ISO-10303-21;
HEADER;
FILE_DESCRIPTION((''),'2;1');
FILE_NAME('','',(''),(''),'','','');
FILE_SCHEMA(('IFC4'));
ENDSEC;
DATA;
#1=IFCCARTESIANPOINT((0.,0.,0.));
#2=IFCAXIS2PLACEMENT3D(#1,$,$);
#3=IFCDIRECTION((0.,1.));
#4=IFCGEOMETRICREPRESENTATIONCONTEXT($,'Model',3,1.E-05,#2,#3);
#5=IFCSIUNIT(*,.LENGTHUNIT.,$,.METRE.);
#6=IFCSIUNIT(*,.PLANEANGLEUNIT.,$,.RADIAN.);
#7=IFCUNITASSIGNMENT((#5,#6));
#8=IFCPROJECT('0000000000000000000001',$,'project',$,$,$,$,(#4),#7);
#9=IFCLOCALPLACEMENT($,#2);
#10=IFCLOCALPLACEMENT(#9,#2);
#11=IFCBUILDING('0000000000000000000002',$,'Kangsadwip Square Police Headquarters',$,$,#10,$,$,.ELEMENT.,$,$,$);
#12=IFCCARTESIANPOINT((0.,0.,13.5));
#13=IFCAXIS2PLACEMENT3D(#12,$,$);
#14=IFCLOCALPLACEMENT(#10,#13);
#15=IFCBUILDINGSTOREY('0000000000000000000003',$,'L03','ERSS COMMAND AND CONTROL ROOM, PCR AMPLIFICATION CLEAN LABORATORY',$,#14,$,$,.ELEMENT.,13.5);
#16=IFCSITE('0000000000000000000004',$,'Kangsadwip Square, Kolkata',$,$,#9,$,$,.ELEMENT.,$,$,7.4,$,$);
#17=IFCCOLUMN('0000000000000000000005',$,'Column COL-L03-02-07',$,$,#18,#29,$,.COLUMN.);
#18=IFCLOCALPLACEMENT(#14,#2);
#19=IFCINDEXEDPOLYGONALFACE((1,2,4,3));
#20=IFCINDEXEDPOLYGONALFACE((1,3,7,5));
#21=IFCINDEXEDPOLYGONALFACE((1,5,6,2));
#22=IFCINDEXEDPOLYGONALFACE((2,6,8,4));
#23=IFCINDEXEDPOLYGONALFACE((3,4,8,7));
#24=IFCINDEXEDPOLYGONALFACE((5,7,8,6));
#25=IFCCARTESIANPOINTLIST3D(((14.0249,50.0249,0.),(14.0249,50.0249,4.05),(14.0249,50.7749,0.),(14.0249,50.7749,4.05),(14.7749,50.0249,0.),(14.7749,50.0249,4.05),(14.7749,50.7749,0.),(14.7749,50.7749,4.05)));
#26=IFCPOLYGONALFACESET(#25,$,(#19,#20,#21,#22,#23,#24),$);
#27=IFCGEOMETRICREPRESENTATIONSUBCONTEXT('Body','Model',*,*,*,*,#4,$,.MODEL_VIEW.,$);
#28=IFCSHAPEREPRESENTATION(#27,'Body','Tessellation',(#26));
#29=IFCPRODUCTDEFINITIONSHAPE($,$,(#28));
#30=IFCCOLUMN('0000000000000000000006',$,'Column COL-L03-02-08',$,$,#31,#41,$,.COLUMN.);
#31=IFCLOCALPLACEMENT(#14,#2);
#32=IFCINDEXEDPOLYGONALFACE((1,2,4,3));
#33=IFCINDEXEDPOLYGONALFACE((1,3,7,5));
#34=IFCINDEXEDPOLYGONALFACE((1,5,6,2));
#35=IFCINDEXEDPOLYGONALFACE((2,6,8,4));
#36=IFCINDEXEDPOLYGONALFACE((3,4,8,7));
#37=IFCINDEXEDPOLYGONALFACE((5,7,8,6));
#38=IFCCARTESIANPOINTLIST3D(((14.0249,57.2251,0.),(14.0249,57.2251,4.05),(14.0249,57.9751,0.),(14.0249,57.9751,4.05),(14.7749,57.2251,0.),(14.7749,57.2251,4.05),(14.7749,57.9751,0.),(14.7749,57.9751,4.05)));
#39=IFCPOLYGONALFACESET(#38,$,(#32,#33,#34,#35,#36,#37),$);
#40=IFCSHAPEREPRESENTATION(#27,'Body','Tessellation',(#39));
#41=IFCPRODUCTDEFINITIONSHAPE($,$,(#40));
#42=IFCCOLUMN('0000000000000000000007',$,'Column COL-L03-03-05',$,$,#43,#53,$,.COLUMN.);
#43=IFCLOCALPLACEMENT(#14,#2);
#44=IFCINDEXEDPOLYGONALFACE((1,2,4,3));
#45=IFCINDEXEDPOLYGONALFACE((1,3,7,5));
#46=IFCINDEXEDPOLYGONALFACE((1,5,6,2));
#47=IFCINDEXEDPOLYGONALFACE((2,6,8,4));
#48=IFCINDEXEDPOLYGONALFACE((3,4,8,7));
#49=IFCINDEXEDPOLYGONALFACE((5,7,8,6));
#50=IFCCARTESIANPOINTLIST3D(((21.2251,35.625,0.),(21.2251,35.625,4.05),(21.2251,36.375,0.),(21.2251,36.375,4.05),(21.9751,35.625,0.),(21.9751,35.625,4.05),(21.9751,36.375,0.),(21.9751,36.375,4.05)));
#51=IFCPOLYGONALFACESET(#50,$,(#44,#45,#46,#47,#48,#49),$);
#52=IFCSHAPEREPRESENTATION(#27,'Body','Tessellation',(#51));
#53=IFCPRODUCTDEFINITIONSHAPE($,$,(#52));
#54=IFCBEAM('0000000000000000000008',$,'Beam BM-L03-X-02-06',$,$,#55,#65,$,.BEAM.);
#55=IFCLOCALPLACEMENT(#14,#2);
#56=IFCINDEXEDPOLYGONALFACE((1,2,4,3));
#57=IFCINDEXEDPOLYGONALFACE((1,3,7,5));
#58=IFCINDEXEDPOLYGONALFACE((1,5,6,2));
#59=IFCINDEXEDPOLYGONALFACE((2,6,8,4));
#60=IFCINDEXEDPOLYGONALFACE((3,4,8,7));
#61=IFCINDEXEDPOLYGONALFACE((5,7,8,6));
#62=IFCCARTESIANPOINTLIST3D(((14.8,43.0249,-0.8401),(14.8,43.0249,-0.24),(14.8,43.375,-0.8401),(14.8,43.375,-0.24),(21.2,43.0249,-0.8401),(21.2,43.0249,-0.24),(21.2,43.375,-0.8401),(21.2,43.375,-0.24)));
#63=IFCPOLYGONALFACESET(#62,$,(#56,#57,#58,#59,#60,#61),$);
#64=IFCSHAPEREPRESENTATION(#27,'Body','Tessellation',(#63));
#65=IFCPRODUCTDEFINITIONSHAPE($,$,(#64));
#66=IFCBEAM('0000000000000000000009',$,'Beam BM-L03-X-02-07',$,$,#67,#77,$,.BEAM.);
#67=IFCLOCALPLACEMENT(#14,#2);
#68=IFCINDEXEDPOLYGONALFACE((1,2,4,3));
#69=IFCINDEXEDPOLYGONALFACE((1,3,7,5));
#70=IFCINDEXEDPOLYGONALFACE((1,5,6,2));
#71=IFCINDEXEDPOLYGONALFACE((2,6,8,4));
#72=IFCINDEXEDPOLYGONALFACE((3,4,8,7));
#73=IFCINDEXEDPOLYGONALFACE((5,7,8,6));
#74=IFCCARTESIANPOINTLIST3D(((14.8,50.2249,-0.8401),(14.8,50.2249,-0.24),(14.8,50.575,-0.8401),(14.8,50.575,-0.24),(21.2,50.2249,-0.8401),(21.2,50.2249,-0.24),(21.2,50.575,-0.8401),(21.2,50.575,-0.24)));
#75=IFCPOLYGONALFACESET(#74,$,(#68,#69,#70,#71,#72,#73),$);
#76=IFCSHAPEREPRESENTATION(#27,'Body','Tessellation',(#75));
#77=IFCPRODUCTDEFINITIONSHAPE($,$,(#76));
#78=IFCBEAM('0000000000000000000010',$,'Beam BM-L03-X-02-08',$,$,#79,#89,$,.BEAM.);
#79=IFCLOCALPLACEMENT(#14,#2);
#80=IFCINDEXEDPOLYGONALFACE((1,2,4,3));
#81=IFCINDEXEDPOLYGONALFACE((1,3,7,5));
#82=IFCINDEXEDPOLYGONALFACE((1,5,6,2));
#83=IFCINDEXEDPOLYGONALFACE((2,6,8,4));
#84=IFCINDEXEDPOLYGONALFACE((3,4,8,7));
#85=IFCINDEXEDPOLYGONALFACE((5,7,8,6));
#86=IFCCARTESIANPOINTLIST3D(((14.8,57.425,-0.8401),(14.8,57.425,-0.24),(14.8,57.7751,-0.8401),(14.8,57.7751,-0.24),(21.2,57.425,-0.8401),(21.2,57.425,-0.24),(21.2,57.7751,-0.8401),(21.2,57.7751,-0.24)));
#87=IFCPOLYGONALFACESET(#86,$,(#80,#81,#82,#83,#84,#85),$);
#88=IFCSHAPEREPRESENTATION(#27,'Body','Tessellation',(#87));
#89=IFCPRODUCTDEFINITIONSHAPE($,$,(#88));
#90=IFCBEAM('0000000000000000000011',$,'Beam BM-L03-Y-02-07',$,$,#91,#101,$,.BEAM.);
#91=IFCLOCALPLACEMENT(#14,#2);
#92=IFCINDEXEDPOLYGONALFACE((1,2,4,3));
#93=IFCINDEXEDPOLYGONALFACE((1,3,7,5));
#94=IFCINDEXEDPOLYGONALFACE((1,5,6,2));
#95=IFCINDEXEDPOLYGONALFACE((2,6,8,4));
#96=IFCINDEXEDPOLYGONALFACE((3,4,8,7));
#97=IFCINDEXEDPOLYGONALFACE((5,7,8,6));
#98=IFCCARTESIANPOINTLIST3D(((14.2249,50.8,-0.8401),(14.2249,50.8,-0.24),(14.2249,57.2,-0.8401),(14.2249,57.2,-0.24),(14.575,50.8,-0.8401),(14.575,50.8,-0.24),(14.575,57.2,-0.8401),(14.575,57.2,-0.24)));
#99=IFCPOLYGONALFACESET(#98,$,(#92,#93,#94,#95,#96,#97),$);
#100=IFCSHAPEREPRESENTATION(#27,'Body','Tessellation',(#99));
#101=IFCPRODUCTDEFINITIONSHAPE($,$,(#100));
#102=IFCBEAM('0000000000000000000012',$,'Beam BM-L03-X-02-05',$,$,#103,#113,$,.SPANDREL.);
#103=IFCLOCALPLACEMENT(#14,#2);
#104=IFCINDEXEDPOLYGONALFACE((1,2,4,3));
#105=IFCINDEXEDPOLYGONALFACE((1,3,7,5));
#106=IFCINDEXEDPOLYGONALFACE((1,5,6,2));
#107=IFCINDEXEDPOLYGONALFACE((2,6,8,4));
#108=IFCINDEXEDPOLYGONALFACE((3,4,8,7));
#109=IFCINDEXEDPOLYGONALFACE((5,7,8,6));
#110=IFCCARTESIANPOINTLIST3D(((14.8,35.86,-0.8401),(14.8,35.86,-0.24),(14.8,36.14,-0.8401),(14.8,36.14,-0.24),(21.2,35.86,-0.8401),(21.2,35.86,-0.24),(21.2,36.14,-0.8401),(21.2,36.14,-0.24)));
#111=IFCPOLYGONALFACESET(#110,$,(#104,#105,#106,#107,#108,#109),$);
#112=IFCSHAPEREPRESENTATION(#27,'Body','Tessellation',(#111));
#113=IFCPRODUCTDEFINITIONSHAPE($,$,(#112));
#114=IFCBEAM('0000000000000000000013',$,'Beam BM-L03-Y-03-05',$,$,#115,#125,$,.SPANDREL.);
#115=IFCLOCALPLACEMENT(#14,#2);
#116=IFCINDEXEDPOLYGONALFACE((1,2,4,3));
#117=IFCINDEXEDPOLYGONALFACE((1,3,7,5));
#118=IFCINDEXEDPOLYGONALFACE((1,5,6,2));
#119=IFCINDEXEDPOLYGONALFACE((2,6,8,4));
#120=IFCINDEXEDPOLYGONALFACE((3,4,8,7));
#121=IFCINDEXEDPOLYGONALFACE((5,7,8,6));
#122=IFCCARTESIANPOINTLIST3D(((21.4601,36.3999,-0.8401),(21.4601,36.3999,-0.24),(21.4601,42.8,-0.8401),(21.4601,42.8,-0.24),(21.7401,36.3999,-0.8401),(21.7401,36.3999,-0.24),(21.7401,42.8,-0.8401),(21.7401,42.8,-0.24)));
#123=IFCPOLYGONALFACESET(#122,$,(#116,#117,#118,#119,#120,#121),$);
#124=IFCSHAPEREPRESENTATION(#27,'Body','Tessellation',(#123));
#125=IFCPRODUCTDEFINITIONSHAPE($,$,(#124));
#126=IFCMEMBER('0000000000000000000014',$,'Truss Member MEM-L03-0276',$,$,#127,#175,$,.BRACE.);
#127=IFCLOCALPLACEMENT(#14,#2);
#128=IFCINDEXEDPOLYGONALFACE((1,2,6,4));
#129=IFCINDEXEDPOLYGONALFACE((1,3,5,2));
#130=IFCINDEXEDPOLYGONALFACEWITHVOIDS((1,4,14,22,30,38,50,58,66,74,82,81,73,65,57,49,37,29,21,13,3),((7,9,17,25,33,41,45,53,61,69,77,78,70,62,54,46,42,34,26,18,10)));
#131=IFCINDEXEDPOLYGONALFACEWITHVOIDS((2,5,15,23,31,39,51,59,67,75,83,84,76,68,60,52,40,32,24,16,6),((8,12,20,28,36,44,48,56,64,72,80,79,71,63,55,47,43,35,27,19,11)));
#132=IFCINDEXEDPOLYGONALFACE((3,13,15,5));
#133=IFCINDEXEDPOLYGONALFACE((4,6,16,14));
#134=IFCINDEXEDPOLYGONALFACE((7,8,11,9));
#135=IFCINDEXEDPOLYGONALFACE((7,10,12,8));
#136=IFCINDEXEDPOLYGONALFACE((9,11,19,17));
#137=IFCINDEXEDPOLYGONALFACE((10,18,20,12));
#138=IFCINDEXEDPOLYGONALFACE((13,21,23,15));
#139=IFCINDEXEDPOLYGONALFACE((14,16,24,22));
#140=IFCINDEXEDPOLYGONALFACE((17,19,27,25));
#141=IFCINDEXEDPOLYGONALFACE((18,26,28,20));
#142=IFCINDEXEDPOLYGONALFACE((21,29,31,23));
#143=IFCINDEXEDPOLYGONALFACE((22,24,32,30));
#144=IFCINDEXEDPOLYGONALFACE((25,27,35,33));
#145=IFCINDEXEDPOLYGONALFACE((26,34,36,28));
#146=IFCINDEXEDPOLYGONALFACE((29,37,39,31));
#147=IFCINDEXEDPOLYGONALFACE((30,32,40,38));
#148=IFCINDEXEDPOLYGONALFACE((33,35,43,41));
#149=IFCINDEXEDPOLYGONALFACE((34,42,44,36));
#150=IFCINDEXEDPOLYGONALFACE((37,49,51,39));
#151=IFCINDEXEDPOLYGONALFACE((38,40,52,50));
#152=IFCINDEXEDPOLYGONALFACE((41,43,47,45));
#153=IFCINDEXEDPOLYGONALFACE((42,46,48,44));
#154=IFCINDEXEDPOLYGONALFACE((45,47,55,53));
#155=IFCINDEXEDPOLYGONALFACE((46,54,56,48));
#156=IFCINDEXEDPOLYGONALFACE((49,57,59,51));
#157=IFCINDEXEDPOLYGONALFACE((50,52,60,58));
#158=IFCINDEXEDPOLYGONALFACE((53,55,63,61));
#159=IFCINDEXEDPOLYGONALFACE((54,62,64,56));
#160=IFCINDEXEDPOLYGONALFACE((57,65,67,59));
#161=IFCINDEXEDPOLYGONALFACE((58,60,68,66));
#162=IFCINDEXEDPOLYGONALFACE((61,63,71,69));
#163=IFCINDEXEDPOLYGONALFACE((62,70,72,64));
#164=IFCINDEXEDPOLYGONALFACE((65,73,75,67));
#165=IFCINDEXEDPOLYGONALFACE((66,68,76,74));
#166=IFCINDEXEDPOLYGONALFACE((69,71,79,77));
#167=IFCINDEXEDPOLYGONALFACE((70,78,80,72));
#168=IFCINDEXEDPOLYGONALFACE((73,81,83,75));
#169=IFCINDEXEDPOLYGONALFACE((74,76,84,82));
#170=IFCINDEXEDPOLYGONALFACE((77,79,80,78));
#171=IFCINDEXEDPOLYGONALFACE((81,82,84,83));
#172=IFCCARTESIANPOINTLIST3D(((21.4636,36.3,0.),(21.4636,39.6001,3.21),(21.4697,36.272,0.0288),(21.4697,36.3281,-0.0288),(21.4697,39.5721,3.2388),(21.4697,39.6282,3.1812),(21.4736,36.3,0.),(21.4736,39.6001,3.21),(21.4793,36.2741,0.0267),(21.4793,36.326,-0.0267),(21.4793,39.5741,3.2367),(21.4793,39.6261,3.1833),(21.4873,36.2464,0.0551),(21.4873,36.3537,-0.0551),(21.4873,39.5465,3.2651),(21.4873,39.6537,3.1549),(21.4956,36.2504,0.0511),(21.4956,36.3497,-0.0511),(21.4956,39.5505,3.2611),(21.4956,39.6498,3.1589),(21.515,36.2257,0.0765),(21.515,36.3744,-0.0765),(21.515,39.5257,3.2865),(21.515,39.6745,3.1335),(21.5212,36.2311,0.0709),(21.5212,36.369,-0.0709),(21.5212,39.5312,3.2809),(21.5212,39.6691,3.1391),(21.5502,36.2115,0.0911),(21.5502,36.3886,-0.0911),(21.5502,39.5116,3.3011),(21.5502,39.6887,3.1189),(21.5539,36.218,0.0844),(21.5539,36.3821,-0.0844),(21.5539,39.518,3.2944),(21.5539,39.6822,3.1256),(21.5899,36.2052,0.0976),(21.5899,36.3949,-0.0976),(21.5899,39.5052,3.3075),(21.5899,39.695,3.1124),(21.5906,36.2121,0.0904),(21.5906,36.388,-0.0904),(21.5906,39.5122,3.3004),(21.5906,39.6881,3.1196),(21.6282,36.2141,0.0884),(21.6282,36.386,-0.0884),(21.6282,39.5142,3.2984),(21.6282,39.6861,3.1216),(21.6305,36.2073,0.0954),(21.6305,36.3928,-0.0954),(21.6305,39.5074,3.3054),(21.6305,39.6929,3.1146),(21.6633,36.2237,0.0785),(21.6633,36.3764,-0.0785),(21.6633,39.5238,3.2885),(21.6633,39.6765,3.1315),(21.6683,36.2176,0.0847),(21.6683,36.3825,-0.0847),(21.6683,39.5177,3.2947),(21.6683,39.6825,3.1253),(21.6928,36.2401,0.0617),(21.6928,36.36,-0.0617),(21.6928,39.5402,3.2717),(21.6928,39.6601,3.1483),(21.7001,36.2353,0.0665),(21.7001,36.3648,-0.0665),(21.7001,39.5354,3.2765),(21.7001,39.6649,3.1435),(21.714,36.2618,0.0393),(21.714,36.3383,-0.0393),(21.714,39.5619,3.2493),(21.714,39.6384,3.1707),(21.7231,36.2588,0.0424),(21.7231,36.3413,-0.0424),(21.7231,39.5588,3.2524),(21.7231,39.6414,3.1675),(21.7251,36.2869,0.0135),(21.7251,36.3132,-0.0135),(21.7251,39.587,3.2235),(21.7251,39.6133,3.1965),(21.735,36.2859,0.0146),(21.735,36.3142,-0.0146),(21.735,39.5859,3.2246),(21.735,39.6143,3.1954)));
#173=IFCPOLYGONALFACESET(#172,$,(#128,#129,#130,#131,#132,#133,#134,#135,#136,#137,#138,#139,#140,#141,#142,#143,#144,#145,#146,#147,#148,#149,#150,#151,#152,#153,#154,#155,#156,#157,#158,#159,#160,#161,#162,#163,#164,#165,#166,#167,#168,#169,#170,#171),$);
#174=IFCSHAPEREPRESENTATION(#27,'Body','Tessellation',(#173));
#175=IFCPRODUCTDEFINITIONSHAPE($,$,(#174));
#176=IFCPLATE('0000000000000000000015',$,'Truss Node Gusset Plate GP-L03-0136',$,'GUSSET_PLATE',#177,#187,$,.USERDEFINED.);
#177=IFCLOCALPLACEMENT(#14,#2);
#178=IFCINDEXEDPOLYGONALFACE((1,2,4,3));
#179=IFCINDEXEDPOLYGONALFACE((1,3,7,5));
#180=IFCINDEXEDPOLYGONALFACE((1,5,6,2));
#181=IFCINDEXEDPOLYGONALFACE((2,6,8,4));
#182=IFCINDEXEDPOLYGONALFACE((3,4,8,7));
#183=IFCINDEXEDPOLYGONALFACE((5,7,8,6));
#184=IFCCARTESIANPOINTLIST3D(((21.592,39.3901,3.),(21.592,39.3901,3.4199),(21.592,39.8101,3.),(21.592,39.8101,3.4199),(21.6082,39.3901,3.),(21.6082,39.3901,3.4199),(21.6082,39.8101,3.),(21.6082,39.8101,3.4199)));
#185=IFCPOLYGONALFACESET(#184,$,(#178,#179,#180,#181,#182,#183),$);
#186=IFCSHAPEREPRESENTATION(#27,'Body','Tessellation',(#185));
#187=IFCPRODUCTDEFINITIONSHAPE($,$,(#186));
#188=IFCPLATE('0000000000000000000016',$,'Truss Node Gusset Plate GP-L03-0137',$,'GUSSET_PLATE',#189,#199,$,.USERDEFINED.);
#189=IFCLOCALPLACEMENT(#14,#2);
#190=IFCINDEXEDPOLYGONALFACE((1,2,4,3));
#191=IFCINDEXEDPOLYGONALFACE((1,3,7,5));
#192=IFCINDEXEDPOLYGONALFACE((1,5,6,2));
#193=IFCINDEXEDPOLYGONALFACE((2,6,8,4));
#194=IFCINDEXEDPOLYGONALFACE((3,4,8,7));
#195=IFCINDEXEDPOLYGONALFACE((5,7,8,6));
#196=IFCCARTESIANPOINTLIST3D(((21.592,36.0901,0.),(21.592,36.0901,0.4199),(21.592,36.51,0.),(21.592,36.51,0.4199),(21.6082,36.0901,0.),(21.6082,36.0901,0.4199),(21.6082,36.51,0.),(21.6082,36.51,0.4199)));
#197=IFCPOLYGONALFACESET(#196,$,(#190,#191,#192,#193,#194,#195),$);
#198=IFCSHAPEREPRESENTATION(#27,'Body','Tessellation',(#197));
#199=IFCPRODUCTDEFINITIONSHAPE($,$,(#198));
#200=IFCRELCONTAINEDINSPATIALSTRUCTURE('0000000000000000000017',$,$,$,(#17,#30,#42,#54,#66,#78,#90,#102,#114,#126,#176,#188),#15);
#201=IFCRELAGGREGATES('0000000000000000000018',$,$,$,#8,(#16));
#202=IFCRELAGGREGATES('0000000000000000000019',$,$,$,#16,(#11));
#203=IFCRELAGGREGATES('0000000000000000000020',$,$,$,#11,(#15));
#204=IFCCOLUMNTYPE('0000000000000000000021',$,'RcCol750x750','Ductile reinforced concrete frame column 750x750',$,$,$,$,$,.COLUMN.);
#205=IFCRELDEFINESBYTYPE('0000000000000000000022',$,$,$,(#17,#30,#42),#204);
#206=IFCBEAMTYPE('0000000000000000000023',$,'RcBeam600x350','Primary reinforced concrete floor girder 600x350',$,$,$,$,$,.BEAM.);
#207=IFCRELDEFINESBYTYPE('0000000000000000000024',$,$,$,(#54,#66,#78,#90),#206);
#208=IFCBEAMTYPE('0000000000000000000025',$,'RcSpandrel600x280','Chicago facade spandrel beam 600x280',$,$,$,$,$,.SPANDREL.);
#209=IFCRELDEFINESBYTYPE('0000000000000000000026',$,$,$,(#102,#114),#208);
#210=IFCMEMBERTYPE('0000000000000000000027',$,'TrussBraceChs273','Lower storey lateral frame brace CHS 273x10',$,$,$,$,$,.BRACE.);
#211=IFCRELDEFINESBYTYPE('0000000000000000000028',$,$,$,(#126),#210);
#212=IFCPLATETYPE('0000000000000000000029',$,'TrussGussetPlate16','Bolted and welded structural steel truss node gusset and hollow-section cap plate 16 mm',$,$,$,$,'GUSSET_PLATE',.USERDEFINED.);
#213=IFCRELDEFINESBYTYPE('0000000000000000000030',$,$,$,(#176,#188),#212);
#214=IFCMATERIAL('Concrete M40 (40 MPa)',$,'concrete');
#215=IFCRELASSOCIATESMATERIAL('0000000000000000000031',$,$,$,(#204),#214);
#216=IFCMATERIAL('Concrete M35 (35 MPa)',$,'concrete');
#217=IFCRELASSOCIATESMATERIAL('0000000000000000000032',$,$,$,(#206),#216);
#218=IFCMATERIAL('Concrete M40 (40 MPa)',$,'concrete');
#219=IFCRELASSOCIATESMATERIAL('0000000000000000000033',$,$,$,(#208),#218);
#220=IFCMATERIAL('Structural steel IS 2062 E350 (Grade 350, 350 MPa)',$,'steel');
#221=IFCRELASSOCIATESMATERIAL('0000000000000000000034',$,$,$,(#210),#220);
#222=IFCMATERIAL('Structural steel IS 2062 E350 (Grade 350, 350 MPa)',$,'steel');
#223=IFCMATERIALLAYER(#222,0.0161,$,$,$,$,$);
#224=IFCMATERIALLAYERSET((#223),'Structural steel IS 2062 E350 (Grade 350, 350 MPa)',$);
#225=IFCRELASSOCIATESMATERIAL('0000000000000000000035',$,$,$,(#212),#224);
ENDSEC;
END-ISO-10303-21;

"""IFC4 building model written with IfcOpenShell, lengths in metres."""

from ifc_helpers import new_model, si_unit, direction, frame, origin, origin_2d, place, context, subcontext, project, spatial, rectangle, hollow_circle, extrude, material, layer, layer_set, material_profile, profile_set, type_object, element, save


model = new_model("IFC4")

# Units and contexts
model_context = context("Model", 3, precision=1e-05, world=origin(), true_north=direction((0.0, 1.0)))
body_context = subcontext(model_context, "Body", "Model", "MODEL_VIEW")
ifc_project = project(units=[si_unit("LENGTHUNIT", "METRE"), si_unit("PLANEANGLEUNIT", "RADIAN")], contexts=[model_context])

# Site, building, storey
site_placement = place(None, origin())
site = spatial("IfcSite", under=ifc_project, at=site_placement, Name="Kangsadwip Square, Kolkata", CompositionType="ELEMENT", RefElevation=7.4)
building_placement = place(site_placement, origin())
building = spatial("IfcBuilding", under=site, at=building_placement, Name="Kangsadwip Square Police Headquarters", CompositionType="ELEMENT")
storey_placement = place(building_placement, frame((0.0, 0.0, 13.5)))
storey = spatial("IfcBuildingStorey", under=building, at=storey_placement, Name="L03", Description="ERSS COMMAND AND CONTROL ROOM, PCR AMPLIFICATION CLEAN LABORATORY", CompositionType="ELEMENT", Elevation=13.5)

# Columns
ifc_material_1 = material(Name="Concrete M40 (40 MPa)", Category="concrete")
ifc_material_profile_1 = material_profile(ifc_material_1, rectangle(XDim=0.75, YDim=0.75, at=origin_2d()), Name="RC COL 750X750")
ifc_profile_set_1 = profile_set([ifc_material_profile_1], Name="Concrete M40 (40 MPa)")
column_type = type_object("IfcColumnType", Name="RcCol750x750", Description="Ductile reinforced concrete frame column 750x750", PredefinedType="COLUMN", material=ifc_profile_set_1)
for number, where, z_axis, x_axis, name in (
    (1, (14.3999, 50.3999, 0.0), (0.0, 0.0, 1.0), (1.0, 0.0, 0.0), "Column COL-L03-02-07"),
    (2, (14.3999, 57.6001, 0.0), (0.0, 0.0, 1.0), (1.0, 0.0, 0.0), "Column COL-L03-02-08"),
    (3, (21.6001, 36.0, 0.0), (0.0, 0.0, 1.0), (1.0, 0.0, 0.0), "Column COL-L03-03-05"),
):
    element("IfcColumn", number, at=place(storey_placement, frame(where, z_axis=z_axis, x_axis=x_axis)), inside=storey, type_object=column_type, Name=name, PredefinedType="COLUMN", context=body_context, shape_type="SweptSolid", body=[
        extrude(rectangle(XDim=0.75, YDim=0.75, at=origin_2d()), origin(), (0.0, 0.0, 1.0), 4.05),
    ])

# Beams
ifc_material_2 = material(Name="Concrete M35 (35 MPa)", Category="concrete")
ifc_material_profile_2 = material_profile(ifc_material_2, rectangle(XDim=0.3501, YDim=0.6001, at=origin_2d()), Name="RC BM 600X350")
ifc_profile_set_2 = profile_set([ifc_material_profile_2], Name="Concrete M35 (35 MPa)")
beam_type_1 = type_object("IfcBeamType", Name="RcBeam600x350", Description="Primary reinforced concrete floor girder 600x350", PredefinedType="BEAM", material=ifc_profile_set_2)
for number, where, z_axis, x_axis, name in (
    (4, (14.8, 43.2, -0.54), (1.0, 0.0, 0.0), (0.0, 1.0, 0.0), "Beam BM-L03-X-02-06"),
    (5, (14.8, 50.3999, -0.54), (1.0, 0.0, 0.0), (0.0, 1.0, 0.0), "Beam BM-L03-X-02-07"),
    (6, (14.8, 57.6001, -0.54), (1.0, 0.0, 0.0), (0.0, 1.0, 0.0), "Beam BM-L03-X-02-08"),
    (7, (14.3999, 50.8, -0.54), (0.0, 1.0, 0.0), (-1.0, 0.0, 0.0), "Beam BM-L03-Y-02-07"),
):
    element("IfcBeam", number, at=place(storey_placement, frame(where, z_axis=z_axis, x_axis=x_axis)), inside=storey, type_object=beam_type_1, Name=name, PredefinedType="BEAM", context=body_context, shape_type="SweptSolid", body=[
        extrude(rectangle(XDim=0.3501, YDim=0.6001, at=origin_2d()), origin(), (0.0, 0.0, 1.0), 6.3999),
    ])
ifc_material_3 = material(Name="Concrete M40 (40 MPa)", Category="concrete")
ifc_material_profile_3 = material_profile(ifc_material_3, rectangle(XDim=0.28, YDim=0.6001, at=origin_2d()), Name="RC SPN 600X280")
ifc_profile_set_3 = profile_set([ifc_material_profile_3], Name="Concrete M40 (40 MPa)")
beam_type_2 = type_object("IfcBeamType", Name="RcSpandrel600x280", Description="Chicago facade spandrel beam 600x280", PredefinedType="SPANDREL", material=ifc_profile_set_3)
beam_1_placement = place(storey_placement, frame((14.8, 36.0, -0.54), z_axis=(1.0, 0.0, 0.0), x_axis=(0.0, 1.0, 0.0)))
element("IfcBeam", 8, at=beam_1_placement, inside=storey, type_object=beam_type_2, Name="Beam BM-L03-X-02-05", PredefinedType="SPANDREL", context=body_context, shape_type="SweptSolid", body=[
    extrude(rectangle(XDim=0.28, YDim=0.6001, at=origin_2d()), origin(), (0.0, 0.0, 1.0), 6.3999),
])
beam_2_placement = place(storey_placement, frame((21.6001, 36.3999, -0.54), z_axis=(0.0, 1.0, 0.0), x_axis=(-1.0, 0.0, 0.0)))
element("IfcBeam", 9, at=beam_2_placement, inside=storey, type_object=beam_type_2, Name="Beam BM-L03-Y-03-05", PredefinedType="SPANDREL", context=body_context, shape_type="SweptSolid", body=[
    extrude(rectangle(XDim=0.28, YDim=0.6001, at=origin_2d()), origin(), (0.0, 0.0, 1.0), 6.4001),
])

# Member
ifc_material_4 = material(Name="Structural steel IS 2062 E350 (Grade 350, 350 MPa)", Category="steel")
ifc_material_profile_4 = material_profile(ifc_material_4, hollow_circle(Radius=0.1365, WallThickness=0.01, at=origin_2d()), Name="CHS 273X10")
ifc_profile_set_4 = profile_set([ifc_material_profile_4], Name="Structural steel IS 2062 E350 (Grade 350, 350 MPa)")
member_type = type_object("IfcMemberType", Name="TrussBraceChs273", Description="Lower storey lateral frame brace CHS 273x10", PredefinedType="BRACE", material=ifc_profile_set_4)
member_placement = place(storey_placement, frame((21.6001, 36.3, 0.0), z_axis=(0.0, 0.716823, 0.697255), x_axis=(-1.0, 0.0, 0.0)))
element("IfcMember", 10, at=member_placement, inside=storey, type_object=member_type, Name="Truss Member MEM-L03-0276", PredefinedType="BRACE", context=body_context, shape_type="SweptSolid", body=[
    extrude(hollow_circle(Radius=0.1365, WallThickness=0.01, at=origin_2d()), origin(), (0.0, 0.0, 1.0), 4.6038),
])

# Plates
ifc_material_5 = material(Name="Structural steel IS 2062 E350 (Grade 350, 350 MPa)", Category="steel")
ifc_layer_1 = layer(ifc_material_5, 0.0161)
ifc_layer_set_1 = layer_set([ifc_layer_1], Name="Structural steel IS 2062 E350 (Grade 350, 350 MPa)")
plate_type = type_object("IfcPlateType", Name="TrussGussetPlate16", Description="Bolted and welded structural steel truss node gusset and hollow-section cap plate 16 mm", ElementType="GUSSET_PLATE", PredefinedType="USERDEFINED", material=ifc_layer_set_1)
for number, where, z_axis, x_axis, name in (
    (11, (21.6001, 39.6001, 3.0), (0.0, 0.0, 1.0), (0.0, 1.0, 0.0), "Truss Node Gusset Plate GP-L03-0136"),
    (12, (21.6001, 36.3, 0.0), (0.0, 0.0, 1.0), (0.0, 1.0, 0.0), "Truss Node Gusset Plate GP-L03-0137"),
):
    element("IfcPlate", number, at=place(storey_placement, frame(where, z_axis=z_axis, x_axis=x_axis)), inside=storey, type_object=plate_type, Name=name, ObjectType="GUSSET_PLATE", PredefinedType="USERDEFINED", context=body_context, shape_type="SweptSolid", body=[
        extrude(rectangle(XDim=0.4199, YDim=0.0161, at=origin_2d()), origin(), (0.0, 0.0, 1.0), 0.4199),
    ])

save(model, "model.ifc")
